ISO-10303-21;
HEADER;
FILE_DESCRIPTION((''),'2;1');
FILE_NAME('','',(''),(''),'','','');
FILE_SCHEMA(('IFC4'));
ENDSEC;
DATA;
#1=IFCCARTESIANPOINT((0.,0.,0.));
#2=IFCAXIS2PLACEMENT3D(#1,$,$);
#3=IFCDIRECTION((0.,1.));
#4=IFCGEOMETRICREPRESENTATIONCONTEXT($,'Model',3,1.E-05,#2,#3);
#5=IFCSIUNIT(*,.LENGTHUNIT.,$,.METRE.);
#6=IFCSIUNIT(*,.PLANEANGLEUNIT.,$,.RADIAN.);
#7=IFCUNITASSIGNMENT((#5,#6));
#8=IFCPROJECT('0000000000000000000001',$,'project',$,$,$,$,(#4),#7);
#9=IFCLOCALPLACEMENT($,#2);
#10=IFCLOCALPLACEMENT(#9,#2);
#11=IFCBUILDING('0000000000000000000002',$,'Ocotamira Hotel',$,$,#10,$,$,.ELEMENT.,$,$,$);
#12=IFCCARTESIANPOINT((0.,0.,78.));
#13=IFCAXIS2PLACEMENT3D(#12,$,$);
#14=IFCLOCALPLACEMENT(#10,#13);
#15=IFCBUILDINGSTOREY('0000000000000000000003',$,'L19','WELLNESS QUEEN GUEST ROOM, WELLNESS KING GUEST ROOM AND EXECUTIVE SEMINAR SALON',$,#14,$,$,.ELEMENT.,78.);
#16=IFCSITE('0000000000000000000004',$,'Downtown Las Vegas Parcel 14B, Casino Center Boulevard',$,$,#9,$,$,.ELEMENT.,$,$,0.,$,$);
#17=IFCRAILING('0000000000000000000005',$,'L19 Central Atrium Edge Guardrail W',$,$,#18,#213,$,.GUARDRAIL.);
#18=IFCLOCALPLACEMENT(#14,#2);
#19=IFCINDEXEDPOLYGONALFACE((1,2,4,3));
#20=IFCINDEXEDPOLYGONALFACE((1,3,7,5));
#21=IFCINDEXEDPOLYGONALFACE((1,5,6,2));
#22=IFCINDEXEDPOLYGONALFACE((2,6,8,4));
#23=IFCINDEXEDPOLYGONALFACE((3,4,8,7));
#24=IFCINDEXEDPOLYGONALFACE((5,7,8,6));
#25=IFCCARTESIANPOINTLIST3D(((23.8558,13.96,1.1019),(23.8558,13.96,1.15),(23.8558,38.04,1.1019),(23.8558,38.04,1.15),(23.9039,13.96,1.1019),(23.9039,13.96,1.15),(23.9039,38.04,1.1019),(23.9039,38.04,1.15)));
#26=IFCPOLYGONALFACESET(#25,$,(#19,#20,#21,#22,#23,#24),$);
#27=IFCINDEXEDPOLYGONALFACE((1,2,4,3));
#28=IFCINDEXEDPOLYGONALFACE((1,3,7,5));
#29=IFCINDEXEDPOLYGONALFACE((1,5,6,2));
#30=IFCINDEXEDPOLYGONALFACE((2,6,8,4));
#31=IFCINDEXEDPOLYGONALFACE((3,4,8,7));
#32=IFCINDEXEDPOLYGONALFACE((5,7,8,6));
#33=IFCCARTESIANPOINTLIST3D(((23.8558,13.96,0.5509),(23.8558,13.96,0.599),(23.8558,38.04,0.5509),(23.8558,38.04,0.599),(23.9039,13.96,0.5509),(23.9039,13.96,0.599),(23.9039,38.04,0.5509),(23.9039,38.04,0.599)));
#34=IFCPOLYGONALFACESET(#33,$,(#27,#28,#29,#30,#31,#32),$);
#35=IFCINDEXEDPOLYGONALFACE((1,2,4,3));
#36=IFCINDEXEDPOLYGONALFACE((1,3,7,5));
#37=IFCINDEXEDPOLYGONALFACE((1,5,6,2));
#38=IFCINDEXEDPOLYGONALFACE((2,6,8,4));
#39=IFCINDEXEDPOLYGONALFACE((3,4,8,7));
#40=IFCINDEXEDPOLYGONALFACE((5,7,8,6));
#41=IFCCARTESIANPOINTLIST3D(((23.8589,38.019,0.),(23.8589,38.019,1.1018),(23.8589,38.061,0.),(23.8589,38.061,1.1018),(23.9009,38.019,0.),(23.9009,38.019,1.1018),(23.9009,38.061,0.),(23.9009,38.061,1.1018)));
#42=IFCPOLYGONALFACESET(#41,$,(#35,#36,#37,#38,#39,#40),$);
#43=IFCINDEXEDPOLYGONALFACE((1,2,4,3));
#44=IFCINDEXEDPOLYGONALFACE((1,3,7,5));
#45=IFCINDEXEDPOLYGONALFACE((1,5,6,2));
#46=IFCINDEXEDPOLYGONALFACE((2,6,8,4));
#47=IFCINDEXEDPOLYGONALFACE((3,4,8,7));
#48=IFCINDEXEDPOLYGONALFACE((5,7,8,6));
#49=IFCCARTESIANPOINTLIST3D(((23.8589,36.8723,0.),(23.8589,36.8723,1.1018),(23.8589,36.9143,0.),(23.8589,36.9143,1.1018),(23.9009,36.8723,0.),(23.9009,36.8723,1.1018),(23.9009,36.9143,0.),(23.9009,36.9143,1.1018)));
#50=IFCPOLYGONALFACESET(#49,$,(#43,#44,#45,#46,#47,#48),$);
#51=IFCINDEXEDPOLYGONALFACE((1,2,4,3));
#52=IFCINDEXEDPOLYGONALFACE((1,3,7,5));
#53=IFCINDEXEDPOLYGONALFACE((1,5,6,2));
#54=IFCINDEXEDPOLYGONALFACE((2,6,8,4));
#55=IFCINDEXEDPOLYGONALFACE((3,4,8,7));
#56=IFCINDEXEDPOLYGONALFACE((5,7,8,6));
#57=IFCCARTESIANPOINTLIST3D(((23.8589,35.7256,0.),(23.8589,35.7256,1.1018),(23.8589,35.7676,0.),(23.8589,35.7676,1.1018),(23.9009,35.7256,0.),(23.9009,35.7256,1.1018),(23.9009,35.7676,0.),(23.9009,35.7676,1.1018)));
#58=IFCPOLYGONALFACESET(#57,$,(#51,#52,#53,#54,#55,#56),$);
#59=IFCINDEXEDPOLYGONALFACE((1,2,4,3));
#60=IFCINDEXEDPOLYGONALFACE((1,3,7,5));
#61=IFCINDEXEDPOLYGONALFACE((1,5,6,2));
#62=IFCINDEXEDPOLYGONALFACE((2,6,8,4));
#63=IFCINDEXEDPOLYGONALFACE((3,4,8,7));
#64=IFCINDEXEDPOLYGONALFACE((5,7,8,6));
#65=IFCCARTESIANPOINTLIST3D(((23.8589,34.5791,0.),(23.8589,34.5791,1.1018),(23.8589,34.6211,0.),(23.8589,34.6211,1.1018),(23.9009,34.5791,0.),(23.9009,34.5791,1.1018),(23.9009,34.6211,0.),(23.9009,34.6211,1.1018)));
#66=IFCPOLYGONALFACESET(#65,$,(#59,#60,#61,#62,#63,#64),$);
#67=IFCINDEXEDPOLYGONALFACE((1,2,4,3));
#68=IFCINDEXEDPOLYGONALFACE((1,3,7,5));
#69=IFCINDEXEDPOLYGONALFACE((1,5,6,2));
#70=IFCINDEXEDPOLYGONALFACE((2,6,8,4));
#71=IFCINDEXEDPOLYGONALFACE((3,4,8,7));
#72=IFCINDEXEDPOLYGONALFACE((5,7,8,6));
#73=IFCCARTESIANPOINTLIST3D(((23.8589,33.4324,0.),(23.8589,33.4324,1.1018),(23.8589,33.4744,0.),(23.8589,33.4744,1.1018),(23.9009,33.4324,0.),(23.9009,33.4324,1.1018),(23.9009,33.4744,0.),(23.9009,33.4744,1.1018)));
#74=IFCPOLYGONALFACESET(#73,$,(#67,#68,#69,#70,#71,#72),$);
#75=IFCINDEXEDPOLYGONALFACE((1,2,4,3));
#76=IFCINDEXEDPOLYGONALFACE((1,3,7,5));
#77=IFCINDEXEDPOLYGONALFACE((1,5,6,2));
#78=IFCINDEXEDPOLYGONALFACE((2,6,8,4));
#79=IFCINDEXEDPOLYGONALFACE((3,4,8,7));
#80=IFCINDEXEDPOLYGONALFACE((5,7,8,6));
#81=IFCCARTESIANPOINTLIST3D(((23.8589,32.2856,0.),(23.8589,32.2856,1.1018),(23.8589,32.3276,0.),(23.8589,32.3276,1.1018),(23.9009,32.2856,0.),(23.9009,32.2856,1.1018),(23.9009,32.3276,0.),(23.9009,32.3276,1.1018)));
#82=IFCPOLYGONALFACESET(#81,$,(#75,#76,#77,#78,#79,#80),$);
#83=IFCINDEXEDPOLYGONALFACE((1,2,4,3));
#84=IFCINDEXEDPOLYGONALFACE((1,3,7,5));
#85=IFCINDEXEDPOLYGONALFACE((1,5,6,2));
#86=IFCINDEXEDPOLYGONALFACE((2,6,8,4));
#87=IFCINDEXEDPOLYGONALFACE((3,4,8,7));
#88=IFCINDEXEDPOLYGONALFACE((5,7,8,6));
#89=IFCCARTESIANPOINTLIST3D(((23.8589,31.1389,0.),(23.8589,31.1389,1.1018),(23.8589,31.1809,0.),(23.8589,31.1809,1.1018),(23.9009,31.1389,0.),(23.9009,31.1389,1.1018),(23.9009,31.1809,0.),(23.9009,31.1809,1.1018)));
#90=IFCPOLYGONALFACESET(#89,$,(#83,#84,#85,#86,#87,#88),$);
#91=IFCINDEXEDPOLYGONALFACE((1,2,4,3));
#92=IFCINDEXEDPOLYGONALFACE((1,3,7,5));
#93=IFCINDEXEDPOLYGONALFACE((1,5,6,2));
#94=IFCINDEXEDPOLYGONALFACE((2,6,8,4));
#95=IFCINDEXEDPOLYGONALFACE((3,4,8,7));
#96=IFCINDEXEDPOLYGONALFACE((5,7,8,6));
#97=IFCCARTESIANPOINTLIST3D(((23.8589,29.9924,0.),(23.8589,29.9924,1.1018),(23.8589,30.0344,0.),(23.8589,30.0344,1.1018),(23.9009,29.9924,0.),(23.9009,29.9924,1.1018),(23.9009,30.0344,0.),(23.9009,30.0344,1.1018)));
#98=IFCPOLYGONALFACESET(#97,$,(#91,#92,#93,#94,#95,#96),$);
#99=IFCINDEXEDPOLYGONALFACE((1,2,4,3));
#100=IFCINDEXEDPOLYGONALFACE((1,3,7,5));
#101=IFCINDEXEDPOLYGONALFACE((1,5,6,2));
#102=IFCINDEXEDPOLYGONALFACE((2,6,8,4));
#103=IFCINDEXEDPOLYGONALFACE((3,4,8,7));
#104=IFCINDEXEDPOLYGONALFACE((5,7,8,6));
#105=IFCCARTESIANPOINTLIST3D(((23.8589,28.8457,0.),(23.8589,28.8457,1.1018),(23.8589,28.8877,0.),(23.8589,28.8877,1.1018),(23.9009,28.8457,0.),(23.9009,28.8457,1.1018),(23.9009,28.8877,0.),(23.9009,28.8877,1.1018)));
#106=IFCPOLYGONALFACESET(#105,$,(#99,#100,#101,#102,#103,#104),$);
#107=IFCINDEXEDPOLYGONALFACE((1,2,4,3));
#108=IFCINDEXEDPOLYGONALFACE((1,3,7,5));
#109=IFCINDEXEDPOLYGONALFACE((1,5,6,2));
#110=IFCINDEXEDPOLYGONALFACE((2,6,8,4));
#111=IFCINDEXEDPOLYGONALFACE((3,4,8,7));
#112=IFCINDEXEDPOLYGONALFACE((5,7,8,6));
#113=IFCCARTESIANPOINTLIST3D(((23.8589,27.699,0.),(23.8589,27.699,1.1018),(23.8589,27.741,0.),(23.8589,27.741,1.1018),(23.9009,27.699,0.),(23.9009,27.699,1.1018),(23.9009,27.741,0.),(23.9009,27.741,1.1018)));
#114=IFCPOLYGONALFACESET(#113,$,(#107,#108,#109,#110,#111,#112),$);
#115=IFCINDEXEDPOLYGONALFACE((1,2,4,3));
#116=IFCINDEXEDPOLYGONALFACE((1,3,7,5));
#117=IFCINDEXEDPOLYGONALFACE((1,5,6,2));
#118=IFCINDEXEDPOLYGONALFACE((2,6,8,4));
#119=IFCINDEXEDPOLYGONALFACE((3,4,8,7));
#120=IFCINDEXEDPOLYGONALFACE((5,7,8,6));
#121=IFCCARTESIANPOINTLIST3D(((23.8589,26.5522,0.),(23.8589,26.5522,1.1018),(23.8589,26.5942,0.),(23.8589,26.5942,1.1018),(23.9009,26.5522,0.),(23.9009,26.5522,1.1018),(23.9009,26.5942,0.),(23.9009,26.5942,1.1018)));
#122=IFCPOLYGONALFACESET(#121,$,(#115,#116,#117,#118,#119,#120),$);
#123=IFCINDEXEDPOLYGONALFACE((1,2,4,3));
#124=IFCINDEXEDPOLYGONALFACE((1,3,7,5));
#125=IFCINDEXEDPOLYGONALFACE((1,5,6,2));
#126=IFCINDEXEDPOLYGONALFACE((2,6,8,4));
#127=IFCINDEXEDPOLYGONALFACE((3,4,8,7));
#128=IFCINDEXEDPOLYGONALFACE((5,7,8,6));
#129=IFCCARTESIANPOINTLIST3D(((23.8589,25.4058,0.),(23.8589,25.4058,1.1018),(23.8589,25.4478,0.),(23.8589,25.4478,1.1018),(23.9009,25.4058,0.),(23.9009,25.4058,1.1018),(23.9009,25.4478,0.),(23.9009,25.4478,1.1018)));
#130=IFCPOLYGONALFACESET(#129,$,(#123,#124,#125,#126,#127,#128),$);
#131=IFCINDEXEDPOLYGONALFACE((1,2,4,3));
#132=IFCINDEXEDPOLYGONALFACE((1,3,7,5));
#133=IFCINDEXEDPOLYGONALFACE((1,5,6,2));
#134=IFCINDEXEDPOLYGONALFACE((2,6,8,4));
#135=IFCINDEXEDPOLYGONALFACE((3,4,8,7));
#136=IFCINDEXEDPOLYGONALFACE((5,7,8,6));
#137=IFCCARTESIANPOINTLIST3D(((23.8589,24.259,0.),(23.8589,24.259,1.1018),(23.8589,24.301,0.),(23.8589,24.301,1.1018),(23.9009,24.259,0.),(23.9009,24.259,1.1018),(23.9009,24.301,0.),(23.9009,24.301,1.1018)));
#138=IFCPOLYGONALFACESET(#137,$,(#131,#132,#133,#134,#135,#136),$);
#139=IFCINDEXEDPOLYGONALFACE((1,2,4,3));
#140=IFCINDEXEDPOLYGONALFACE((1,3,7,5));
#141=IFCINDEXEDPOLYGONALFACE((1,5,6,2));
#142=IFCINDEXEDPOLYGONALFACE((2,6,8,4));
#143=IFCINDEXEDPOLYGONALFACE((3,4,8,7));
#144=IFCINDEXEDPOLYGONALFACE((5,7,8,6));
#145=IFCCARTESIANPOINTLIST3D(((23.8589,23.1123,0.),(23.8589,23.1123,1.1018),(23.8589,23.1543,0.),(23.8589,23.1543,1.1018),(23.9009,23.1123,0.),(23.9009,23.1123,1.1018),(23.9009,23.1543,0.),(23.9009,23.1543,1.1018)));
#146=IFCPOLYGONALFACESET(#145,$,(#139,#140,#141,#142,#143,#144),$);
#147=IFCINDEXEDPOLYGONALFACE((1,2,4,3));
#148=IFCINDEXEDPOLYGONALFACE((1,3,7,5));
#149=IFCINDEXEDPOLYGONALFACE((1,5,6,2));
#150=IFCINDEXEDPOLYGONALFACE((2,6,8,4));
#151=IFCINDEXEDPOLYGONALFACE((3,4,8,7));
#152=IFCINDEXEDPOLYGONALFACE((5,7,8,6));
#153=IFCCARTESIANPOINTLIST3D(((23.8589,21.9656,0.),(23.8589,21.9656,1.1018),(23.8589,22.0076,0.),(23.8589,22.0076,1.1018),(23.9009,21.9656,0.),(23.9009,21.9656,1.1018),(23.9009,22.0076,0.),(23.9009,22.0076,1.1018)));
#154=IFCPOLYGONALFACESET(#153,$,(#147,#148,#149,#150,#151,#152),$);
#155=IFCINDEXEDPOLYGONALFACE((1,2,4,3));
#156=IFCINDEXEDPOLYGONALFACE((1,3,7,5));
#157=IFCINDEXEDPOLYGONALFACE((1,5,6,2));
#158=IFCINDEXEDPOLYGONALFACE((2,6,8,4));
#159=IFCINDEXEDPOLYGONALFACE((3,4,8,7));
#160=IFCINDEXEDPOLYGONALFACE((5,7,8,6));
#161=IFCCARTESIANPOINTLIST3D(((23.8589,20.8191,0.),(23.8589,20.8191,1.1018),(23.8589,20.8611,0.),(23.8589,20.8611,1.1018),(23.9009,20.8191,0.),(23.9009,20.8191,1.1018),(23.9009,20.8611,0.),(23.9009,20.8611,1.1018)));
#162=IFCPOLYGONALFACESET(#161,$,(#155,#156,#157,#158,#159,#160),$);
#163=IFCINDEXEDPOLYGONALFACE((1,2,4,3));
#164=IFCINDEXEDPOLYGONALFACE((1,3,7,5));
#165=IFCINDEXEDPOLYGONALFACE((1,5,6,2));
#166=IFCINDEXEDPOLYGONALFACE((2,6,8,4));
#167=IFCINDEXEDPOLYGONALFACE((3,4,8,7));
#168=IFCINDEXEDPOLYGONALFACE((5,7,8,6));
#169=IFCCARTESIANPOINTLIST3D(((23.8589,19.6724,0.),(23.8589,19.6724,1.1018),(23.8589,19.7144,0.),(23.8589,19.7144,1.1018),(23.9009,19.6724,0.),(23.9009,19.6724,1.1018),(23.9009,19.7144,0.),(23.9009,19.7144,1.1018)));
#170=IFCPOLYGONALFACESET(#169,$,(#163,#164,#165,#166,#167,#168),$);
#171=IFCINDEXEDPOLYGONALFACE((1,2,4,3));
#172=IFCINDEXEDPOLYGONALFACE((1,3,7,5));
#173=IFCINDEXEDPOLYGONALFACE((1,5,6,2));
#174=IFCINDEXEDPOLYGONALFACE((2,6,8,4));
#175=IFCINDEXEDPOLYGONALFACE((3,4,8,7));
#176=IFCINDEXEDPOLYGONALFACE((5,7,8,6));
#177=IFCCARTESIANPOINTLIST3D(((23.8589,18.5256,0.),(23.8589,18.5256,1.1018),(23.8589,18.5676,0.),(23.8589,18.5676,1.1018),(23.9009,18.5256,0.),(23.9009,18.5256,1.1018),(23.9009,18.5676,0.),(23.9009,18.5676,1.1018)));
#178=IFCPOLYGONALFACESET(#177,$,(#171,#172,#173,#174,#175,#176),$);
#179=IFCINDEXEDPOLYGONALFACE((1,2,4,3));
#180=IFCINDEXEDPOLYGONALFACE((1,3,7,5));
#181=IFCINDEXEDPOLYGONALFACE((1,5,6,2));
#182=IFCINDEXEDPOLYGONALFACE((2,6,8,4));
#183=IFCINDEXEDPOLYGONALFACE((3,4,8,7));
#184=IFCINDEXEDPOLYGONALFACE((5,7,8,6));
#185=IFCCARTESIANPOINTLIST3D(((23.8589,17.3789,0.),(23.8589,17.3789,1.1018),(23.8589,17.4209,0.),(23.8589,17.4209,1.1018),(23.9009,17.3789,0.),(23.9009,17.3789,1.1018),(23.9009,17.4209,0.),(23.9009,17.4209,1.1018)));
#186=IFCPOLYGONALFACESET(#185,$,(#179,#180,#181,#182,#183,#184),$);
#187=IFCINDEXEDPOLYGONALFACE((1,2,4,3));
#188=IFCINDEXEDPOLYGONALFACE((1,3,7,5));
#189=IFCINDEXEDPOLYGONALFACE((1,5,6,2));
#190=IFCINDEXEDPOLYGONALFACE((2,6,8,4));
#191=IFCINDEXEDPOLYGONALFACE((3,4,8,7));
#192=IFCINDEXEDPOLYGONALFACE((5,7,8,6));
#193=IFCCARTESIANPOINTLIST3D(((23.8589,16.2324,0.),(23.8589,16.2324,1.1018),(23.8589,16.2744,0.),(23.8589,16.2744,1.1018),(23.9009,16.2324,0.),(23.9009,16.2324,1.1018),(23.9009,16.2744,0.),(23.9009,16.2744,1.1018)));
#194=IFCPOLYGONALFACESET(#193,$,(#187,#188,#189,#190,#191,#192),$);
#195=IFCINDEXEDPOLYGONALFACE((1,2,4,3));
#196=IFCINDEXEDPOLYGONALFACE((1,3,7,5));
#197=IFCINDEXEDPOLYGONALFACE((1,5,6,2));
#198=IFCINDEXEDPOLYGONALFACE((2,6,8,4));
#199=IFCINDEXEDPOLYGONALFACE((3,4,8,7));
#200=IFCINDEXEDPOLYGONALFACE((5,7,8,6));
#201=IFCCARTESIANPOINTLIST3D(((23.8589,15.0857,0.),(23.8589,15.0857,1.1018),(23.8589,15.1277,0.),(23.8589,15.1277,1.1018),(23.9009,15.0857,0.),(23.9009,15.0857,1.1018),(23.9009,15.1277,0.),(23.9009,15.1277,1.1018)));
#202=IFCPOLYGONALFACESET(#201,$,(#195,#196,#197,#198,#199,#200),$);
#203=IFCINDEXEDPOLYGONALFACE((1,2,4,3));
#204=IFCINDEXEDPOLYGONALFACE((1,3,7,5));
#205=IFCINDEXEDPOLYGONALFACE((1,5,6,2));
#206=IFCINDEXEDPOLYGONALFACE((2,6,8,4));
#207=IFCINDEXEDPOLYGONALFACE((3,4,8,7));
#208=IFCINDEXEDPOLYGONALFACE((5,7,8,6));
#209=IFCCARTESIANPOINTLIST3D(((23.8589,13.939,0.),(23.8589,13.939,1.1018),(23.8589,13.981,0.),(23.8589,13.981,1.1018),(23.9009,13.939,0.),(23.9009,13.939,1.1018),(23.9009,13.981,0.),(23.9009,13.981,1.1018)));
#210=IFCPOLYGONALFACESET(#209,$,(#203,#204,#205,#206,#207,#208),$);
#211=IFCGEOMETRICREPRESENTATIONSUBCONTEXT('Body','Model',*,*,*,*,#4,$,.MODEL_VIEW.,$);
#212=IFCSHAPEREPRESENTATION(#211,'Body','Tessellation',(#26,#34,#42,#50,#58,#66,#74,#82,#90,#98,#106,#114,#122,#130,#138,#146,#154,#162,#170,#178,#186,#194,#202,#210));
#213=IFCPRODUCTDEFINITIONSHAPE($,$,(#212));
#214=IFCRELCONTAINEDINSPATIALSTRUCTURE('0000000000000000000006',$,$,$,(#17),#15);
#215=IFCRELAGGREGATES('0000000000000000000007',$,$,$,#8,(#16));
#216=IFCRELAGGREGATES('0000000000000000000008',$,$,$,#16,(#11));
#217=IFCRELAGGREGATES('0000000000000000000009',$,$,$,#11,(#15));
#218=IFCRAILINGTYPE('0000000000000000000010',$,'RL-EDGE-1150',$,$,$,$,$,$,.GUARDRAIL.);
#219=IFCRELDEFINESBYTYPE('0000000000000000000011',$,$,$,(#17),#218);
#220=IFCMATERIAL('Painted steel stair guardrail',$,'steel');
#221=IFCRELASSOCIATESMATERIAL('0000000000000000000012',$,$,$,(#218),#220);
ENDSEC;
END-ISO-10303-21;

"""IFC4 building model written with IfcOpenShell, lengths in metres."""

from ifc_helpers import new_model, si_unit, direction, frame, origin, origin_2d, place, context, subcontext, project, spatial, rectangle, extrude, material, type_object, element, save


model = new_model("IFC4")

# Units and contexts
model_context = context("Model", 3, precision=1e-05, world=origin(), true_north=direction((0.0, 1.0)))
body_context = subcontext(model_context, "Body", "Model", "MODEL_VIEW")
ifc_project = project(units=[si_unit("LENGTHUNIT", "METRE"), si_unit("PLANEANGLEUNIT", "RADIAN")], contexts=[model_context])

# Site, building, storey
site_placement = place(None, origin())
site = spatial("IfcSite", under=ifc_project, at=site_placement, Name="Downtown Las Vegas Parcel 14B, Casino Center Boulevard", CompositionType="ELEMENT", RefElevation=0.0)
building_placement = place(site_placement, origin())
building = spatial("IfcBuilding", under=site, at=building_placement, Name="Ocotamira Hotel", CompositionType="ELEMENT")
storey_placement = place(building_placement, frame((0.0, 0.0, 78.0)))
storey = spatial("IfcBuildingStorey", under=building, at=storey_placement, Name="L19", Description="WELLNESS QUEEN GUEST ROOM, WELLNESS KING GUEST ROOM AND EXECUTIVE SEMINAR SALON", CompositionType="ELEMENT", Elevation=78.0)

# Railing
ifc_material_1 = material(Name="Painted steel stair guardrail", Category="steel")
railing_type = type_object("IfcRailingType", Name="RL-EDGE-1150", PredefinedType="GUARDRAIL", material=ifc_material_1)
railing_placement = place(storey_placement, frame((23.8799, 38.04, 0.0)))
element("IfcRailing", 1, at=railing_placement, inside=storey, type_object=railing_type, Name="L19 Central Atrium Edge Guardrail W", PredefinedType="GUARDRAIL", context=body_context, shape_type="SweptSolid", body=[
    extrude(rectangle(XDim=0.0481, YDim=0.0481, at=origin_2d()), frame((0.0, 0.0, 1.126), z_axis=(0.0, -1.0, 0.0), x_axis=(1.0, 0.0, 0.0)), (0.0, 0.0, 1.0), 24.0801),
    extrude(rectangle(XDim=0.0481, YDim=0.0481, at=origin_2d()), frame((0.0, 0.0, 0.575), z_axis=(0.0, -1.0, 0.0), x_axis=(1.0, 0.0, 0.0)), (0.0, 0.0, 1.0), 24.0801),
    extrude(rectangle(XDim=0.042, YDim=0.042, at=origin_2d()), origin(), (0.0, 0.0, 1.0), 1.1018),
    extrude(rectangle(XDim=0.042, YDim=0.042, at=origin_2d()), frame((0.0, -1.1467, 0.0)), (0.0, 0.0, 1.0), 1.1018),
    extrude(rectangle(XDim=0.042, YDim=0.042, at=origin_2d()), frame((0.0, -2.2935, 0.0)), (0.0, 0.0, 1.0), 1.1018),
    extrude(rectangle(XDim=0.042, YDim=0.042, at=origin_2d()), frame((0.0, -3.4399, 0.0)), (0.0, 0.0, 1.0), 1.1018),
    extrude(rectangle(XDim=0.042, YDim=0.042, at=origin_2d()), frame((0.0, -4.5867, 0.0)), (0.0, 0.0, 1.0), 1.1018),
    extrude(rectangle(XDim=0.042, YDim=0.042, at=origin_2d()), frame((0.0, -5.7334, 0.0)), (0.0, 0.0, 1.0), 1.1018),
    extrude(rectangle(XDim=0.042, YDim=0.042, at=origin_2d()), frame((0.0, -6.8801, 0.0)), (0.0, 0.0, 1.0), 1.1018),
    extrude(rectangle(XDim=0.042, YDim=0.042, at=origin_2d()), frame((0.0, -8.0266, 0.0)), (0.0, 0.0, 1.0), 1.1018),
    extrude(rectangle(XDim=0.042, YDim=0.042, at=origin_2d()), frame((0.0, -9.1733, 0.0)), (0.0, 0.0, 1.0), 1.1018),
    extrude(rectangle(XDim=0.042, YDim=0.042, at=origin_2d()), frame((0.0, -10.3201, 0.0)), (0.0, 0.0, 1.0), 1.1018),
    extrude(rectangle(XDim=0.042, YDim=0.042, at=origin_2d()), frame((0.0, -11.4668, 0.0)), (0.0, 0.0, 1.0), 1.1018),
    extrude(rectangle(XDim=0.042, YDim=0.042, at=origin_2d()), frame((0.0, -12.6133, 0.0)), (0.0, 0.0, 1.0), 1.1018),
    extrude(rectangle(XDim=0.042, YDim=0.042, at=origin_2d()), frame((0.0, -13.76, 0.0)), (0.0, 0.0, 1.0), 1.1018),
    extrude(rectangle(XDim=0.042, YDim=0.042, at=origin_2d()), frame((0.0, -14.9067, 0.0)), (0.0, 0.0, 1.0), 1.1018),
    extrude(rectangle(XDim=0.042, YDim=0.042, at=origin_2d()), frame((0.0, -16.0535, 0.0)), (0.0, 0.0, 1.0), 1.1018),
    extrude(rectangle(XDim=0.042, YDim=0.042, at=origin_2d()), frame((0.0, -17.2, 0.0)), (0.0, 0.0, 1.0), 1.1018),
    extrude(rectangle(XDim=0.042, YDim=0.042, at=origin_2d()), frame((0.0, -18.3467, 0.0)), (0.0, 0.0, 1.0), 1.1018),
    extrude(rectangle(XDim=0.042, YDim=0.042, at=origin_2d()), frame((0.0, -19.4934, 0.0)), (0.0, 0.0, 1.0), 1.1018),
    extrude(rectangle(XDim=0.042, YDim=0.042, at=origin_2d()), frame((0.0, -20.6401, 0.0)), (0.0, 0.0, 1.0), 1.1018),
    extrude(rectangle(XDim=0.042, YDim=0.042, at=origin_2d()), frame((0.0, -21.7866, 0.0)), (0.0, 0.0, 1.0), 1.1018),
    extrude(rectangle(XDim=0.042, YDim=0.042, at=origin_2d()), frame((0.0, -22.9333, 0.0)), (0.0, 0.0, 1.0), 1.1018),
    extrude(rectangle(XDim=0.042, YDim=0.042, at=origin_2d()), frame((0.0, -24.0801, 0.0)), (0.0, 0.0, 1.0), 1.1018),
])

save(model, "model.ifc")
